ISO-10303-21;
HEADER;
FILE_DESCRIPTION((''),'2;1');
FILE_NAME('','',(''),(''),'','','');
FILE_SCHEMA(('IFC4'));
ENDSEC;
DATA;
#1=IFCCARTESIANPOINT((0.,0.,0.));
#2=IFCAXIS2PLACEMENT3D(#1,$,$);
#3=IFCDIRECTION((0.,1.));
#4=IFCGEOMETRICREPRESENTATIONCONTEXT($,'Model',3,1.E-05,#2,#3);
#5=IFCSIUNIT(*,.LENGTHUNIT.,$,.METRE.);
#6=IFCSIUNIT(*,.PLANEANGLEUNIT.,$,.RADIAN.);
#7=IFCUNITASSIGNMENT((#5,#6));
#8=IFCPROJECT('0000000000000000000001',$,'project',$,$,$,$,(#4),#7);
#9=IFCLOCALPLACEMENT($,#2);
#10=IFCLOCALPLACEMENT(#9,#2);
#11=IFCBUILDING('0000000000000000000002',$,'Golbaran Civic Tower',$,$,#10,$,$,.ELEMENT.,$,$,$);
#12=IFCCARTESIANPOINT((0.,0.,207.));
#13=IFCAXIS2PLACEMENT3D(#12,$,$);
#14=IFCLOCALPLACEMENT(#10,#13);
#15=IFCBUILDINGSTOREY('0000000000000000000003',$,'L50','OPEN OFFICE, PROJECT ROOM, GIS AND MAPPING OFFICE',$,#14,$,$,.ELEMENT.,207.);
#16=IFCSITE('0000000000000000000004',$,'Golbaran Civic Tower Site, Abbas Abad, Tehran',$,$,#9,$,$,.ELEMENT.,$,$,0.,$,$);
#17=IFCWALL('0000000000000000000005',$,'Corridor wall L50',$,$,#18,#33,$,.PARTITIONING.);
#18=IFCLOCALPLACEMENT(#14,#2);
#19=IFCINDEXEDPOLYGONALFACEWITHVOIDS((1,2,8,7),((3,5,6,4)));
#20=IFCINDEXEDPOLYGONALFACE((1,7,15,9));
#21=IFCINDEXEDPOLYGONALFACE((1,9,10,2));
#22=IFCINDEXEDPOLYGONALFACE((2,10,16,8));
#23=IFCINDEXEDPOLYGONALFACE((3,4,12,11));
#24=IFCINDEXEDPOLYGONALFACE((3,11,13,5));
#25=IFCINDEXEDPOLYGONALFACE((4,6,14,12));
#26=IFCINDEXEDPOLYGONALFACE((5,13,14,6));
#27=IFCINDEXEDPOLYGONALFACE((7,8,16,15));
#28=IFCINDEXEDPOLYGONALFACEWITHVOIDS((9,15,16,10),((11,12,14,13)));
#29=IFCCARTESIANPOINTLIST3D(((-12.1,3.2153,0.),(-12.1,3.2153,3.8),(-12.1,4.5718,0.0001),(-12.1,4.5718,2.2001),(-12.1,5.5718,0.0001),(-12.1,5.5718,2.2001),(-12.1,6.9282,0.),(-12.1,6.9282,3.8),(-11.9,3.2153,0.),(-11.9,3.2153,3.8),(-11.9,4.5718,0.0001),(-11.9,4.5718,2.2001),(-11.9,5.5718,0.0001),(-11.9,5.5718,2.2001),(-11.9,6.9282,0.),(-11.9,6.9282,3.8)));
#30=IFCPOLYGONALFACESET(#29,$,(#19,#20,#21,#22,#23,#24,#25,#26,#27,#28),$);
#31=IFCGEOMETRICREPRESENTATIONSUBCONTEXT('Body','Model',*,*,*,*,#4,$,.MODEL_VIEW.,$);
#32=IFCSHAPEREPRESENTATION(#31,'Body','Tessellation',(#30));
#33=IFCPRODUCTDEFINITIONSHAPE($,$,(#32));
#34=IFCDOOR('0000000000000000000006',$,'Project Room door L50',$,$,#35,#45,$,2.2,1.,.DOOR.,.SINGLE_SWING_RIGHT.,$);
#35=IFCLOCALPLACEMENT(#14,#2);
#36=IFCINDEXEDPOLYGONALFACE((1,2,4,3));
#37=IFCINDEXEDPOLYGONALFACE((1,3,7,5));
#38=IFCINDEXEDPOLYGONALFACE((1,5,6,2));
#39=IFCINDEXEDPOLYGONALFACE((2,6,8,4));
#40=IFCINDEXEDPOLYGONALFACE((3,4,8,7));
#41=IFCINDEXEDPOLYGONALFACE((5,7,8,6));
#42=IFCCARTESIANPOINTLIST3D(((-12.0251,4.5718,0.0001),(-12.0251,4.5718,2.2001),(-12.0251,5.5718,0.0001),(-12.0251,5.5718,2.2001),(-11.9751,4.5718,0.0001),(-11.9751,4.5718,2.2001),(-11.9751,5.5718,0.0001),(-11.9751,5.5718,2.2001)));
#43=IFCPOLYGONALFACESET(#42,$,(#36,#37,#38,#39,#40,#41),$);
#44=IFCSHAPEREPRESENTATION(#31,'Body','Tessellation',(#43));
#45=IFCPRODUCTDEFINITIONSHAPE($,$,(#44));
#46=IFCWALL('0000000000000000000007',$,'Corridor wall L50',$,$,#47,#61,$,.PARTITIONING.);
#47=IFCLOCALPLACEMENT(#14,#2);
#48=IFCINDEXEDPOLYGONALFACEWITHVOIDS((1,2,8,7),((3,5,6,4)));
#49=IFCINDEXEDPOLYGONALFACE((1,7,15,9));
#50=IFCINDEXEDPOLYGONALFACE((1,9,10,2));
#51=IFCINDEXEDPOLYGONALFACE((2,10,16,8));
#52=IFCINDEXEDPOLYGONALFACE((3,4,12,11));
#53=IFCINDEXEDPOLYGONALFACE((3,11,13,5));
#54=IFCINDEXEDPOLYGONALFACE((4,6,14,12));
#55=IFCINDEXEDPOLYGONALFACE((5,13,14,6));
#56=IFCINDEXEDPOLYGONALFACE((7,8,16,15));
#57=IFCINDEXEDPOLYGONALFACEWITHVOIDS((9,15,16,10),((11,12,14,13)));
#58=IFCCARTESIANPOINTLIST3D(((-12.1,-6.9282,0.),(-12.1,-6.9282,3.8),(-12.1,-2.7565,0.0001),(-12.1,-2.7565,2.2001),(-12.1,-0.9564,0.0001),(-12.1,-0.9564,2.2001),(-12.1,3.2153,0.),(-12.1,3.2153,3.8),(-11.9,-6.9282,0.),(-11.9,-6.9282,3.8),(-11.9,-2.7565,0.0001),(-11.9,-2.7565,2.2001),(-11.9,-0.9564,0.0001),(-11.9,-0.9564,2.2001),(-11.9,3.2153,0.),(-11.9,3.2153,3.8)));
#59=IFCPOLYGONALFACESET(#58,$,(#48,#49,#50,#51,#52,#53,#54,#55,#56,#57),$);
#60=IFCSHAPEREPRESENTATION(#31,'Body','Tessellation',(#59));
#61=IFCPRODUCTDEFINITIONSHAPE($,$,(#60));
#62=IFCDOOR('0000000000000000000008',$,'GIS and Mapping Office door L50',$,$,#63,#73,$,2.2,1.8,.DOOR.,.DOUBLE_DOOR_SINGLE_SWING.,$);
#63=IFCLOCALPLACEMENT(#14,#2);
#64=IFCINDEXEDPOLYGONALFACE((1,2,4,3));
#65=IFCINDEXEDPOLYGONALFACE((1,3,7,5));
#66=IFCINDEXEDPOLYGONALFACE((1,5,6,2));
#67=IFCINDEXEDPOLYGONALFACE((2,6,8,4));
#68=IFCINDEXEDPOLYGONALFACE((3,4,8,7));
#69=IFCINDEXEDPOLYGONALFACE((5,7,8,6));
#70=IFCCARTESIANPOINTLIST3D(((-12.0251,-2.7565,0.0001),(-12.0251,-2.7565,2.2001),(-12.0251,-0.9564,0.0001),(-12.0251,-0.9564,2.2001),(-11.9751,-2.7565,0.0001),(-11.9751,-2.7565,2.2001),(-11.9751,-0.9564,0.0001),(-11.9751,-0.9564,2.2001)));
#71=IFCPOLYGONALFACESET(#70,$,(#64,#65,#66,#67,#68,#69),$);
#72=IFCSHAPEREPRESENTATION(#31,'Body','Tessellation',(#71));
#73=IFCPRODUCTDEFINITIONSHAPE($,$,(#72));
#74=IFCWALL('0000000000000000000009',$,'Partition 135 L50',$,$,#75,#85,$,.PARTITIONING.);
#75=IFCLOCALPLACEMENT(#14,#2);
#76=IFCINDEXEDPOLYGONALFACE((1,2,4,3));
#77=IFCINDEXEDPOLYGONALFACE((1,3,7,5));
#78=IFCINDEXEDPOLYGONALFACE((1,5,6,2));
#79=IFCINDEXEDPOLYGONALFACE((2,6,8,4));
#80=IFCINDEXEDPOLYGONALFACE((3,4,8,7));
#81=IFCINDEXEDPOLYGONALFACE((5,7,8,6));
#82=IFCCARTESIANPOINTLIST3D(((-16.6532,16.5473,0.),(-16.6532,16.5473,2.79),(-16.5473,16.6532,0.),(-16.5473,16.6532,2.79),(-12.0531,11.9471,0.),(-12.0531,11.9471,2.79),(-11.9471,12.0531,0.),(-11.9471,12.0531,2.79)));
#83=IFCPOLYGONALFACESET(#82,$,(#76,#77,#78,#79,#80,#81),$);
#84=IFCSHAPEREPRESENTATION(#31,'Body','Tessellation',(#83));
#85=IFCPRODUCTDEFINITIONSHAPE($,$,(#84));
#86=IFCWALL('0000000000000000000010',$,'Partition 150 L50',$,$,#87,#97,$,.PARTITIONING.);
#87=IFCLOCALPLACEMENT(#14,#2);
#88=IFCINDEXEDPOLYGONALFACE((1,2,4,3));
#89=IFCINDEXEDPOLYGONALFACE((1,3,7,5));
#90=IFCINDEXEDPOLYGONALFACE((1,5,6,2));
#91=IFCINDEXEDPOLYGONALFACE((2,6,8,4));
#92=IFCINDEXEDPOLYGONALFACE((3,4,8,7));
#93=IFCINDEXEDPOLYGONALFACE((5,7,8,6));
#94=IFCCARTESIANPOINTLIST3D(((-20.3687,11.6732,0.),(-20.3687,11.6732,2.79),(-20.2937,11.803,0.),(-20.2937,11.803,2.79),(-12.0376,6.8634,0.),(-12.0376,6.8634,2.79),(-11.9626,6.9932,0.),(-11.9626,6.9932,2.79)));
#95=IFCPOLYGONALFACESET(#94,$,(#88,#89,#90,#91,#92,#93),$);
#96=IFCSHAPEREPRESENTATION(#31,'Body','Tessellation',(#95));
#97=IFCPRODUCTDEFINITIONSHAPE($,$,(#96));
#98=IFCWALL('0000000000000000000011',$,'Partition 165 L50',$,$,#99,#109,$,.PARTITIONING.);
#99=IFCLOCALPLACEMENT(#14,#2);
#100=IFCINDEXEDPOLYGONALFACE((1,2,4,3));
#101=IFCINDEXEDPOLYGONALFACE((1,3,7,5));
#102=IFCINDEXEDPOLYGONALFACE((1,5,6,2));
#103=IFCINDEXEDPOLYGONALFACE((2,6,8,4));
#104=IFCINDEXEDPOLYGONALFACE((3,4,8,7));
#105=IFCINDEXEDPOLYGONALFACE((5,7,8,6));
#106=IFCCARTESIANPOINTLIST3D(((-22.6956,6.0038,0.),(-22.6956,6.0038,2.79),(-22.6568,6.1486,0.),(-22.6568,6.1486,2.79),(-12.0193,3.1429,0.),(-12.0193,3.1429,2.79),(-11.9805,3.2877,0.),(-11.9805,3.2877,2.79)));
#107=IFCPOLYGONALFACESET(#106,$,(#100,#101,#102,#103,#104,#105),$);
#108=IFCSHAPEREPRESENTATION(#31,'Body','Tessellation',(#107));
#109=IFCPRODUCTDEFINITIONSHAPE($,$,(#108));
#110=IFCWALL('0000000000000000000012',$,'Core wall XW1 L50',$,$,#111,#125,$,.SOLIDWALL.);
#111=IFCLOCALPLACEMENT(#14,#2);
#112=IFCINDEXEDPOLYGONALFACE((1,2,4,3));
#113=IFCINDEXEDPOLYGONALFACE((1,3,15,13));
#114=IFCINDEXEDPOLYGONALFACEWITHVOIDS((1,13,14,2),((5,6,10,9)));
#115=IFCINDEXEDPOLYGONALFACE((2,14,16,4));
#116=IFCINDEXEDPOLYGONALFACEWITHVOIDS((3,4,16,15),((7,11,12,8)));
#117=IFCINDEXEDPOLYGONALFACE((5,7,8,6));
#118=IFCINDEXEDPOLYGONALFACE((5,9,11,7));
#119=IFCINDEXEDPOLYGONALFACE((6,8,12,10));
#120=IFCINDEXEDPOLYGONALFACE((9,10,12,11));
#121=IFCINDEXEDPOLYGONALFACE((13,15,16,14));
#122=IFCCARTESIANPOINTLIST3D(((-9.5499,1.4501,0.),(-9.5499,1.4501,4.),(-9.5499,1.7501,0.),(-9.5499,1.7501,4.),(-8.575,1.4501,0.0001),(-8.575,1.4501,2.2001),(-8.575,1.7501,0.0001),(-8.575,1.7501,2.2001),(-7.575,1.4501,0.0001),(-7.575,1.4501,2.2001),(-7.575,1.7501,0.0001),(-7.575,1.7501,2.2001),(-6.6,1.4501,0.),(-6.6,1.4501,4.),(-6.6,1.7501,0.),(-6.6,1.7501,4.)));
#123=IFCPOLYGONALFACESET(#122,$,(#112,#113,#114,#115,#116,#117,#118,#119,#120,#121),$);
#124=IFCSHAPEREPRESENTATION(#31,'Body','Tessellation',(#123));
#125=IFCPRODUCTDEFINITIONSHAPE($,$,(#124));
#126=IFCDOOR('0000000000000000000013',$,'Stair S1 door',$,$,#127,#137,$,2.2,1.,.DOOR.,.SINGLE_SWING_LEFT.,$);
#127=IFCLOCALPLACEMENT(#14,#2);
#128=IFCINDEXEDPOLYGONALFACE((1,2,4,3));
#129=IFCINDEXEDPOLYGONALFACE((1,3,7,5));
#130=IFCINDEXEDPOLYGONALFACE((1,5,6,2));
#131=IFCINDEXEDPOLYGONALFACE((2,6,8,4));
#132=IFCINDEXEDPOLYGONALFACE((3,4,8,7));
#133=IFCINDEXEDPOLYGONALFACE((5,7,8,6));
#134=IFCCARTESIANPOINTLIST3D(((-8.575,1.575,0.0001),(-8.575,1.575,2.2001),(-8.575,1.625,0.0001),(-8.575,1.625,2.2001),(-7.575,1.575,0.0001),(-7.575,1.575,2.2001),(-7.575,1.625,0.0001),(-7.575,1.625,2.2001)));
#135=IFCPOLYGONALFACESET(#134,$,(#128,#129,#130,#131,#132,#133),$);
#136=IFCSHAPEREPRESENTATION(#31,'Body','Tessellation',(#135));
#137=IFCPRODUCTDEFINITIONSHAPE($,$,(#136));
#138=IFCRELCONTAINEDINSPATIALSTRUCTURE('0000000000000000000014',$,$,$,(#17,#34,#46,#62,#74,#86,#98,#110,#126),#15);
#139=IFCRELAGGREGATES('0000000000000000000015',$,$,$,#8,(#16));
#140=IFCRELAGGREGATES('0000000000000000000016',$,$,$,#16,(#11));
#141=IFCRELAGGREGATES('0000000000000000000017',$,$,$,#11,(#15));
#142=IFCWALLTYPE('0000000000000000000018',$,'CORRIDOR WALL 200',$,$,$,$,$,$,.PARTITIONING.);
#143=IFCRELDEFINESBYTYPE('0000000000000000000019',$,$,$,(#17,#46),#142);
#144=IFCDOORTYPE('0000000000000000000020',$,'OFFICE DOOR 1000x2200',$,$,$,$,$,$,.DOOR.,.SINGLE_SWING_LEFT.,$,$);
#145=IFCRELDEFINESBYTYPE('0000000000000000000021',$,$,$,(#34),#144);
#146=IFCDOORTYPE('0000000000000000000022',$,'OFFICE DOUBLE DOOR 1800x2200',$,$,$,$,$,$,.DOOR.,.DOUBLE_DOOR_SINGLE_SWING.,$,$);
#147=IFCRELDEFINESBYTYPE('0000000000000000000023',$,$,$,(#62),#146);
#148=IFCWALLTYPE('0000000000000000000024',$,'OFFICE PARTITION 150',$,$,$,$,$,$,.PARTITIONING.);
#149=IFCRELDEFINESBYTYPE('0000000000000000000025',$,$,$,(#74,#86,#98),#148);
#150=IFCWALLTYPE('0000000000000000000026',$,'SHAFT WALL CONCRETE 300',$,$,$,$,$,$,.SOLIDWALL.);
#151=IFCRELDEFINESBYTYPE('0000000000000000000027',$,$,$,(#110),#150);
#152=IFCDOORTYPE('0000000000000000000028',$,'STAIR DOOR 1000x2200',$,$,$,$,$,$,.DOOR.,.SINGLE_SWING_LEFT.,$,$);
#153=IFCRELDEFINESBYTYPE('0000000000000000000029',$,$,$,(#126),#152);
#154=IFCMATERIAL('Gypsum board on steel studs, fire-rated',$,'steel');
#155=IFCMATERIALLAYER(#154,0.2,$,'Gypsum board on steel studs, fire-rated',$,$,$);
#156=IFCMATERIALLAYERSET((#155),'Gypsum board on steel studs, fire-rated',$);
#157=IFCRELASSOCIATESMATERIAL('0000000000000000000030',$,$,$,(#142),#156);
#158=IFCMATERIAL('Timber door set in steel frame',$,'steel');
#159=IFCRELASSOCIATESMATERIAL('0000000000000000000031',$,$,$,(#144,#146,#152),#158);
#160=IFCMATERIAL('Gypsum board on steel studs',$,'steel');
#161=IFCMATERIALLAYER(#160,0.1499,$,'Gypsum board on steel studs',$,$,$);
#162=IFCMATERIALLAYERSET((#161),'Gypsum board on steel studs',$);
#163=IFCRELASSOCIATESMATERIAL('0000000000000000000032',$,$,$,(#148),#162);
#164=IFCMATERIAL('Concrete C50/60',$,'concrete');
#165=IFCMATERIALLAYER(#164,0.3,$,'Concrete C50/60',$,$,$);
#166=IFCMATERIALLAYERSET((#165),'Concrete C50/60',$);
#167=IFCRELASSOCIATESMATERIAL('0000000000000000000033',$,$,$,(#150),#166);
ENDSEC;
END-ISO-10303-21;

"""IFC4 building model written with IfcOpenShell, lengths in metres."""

from ifc_helpers import new_model, si_unit, direction, frame, frame_2d, origin, place, context, subcontext, project, spatial, rectangle, extrude, material, layer, layer_set, type_object, element, fill, save


model = new_model("IFC4")

# Units and contexts
model_context = context("Model", 3, precision=1e-05, world=origin(), true_north=direction((0.0, 1.0)))
body_context = subcontext(model_context, "Body", "Model", "MODEL_VIEW")
ifc_project = project(units=[si_unit("LENGTHUNIT", "METRE"), si_unit("PLANEANGLEUNIT", "RADIAN")], contexts=[model_context])

# Site, building, storey
site_placement = place(None, origin())
site = spatial("IfcSite", under=ifc_project, at=site_placement, Name="Golbaran Civic Tower Site, Abbas Abad, Tehran", CompositionType="ELEMENT", RefElevation=0.0)
building_placement = place(site_placement, origin())
building = spatial("IfcBuilding", under=site, at=building_placement, Name="Golbaran Civic Tower", CompositionType="ELEMENT")
storey_placement = place(building_placement, frame((0.0, 0.0, 207.0)))
storey = spatial("IfcBuildingStorey", under=building, at=storey_placement, Name="L50", Description="OPEN OFFICE, PROJECT ROOM, GIS AND MAPPING OFFICE", CompositionType="ELEMENT", Elevation=207.0)

# Shared definitions
ifc_material_1 = material(Name="Concrete C50/60", Category="concrete")
ifc_material_2 = material(Name="Timber door set in steel frame", Category="steel")

# Walls, openings, doors
ifc_material_3 = material(Name="Gypsum board on steel studs, fire-rated", Category="steel")
ifc_layer_1 = layer(ifc_material_3, 0.2, Name="Gypsum board on steel studs, fire-rated")
ifc_layer_set_1 = layer_set([ifc_layer_1], Name="Gypsum board on steel studs, fire-rated")
wall_type_1 = type_object("IfcWallType", Name="CORRIDOR WALL 200", PredefinedType="PARTITIONING", material=ifc_layer_set_1)
door_type_1 = type_object("IfcDoorType", Name="OFFICE DOOR 1000x2200", OperationType="SINGLE_SWING_LEFT", PredefinedType="DOOR", material=ifc_material_2)
wall_1_placement = place(storey_placement, frame((-12.0, 6.9282, 0.0), z_axis=(0.0, 0.0, 1.0), x_axis=(0.0, -1.0, 0.0)))
wall_1 = element("IfcWall", 1, at=wall_1_placement, inside=storey, type_object=wall_type_1, Name="Corridor wall L50", PredefinedType="PARTITIONING", context=body_context, shape_type="SweptSolid", body=[
    extrude(rectangle(XDim=3.7129, YDim=0.2, at=frame_2d((1.8564, 0.0))), origin(), (0.0, 0.0, 1.0), 3.8),
])
opening_1_placement = place(wall_1_placement, frame((1.3564, 0.0, 0.0)))
opening_1 = element("IfcOpeningElement", 2, at=opening_1_placement, cuts=wall_1, PredefinedType="OPENING", context=body_context, shape_type="SweptSolid", body=[
    extrude(rectangle(XDim=1.0, YDim=2.2, at=frame_2d((0.5, 1.1001))), frame((0.0, 0.1099, 0.0), z_axis=(0.0, -1.0, 0.0), x_axis=(1.0, 0.0, 0.0)), (0.0, 0.0, 1.0), 0.22),
])
door_1_placement = place(opening_1_placement, origin())
door_1 = element("IfcDoor", 3, at=door_1_placement, inside=storey, type_object=door_type_1, Name="Project Room door L50", OperationType="SINGLE_SWING_RIGHT", OverallHeight=2.2, OverallWidth=1.0, PredefinedType="DOOR", context=body_context, shape_type="SweptSolid", body=[
    extrude(rectangle(XDim=1.0, YDim=2.2, at=frame_2d((0.5, 1.1001))), frame((0.0, 0.0249, 0.0), z_axis=(0.0, -1.0, 0.0), x_axis=(1.0, 0.0, 0.0)), (0.0, 0.0, 1.0), 0.05),
])
fill(opening_1, door_1)
wall_2_placement = place(storey_placement, frame((-12.0, 3.2153, 0.0), z_axis=(0.0, 0.0, 1.0), x_axis=(0.0, -1.0, 0.0)))
wall_2 = element("IfcWall", 4, at=wall_2_placement, inside=storey, type_object=wall_type_1, Name="Corridor wall L50", PredefinedType="PARTITIONING", context=body_context, shape_type="SweptSolid", body=[
    extrude(rectangle(XDim=10.1436, YDim=0.2, at=frame_2d((5.0718, 0.0))), origin(), (0.0, 0.0, 1.0), 3.8),
])
opening_2_placement = place(wall_2_placement, frame((4.1719, 0.0, 0.0)))
opening_2 = element("IfcOpeningElement", 5, at=opening_2_placement, cuts=wall_2, PredefinedType="OPENING", context=body_context, shape_type="SweptSolid", body=[
    extrude(rectangle(XDim=1.8, YDim=2.2, at=frame_2d((0.8999, 1.1001))), frame((0.0, 0.1099, 0.0), z_axis=(0.0, -1.0, 0.0), x_axis=(1.0, 0.0, 0.0)), (0.0, 0.0, 1.0), 0.22),
])
door_type_2 = type_object("IfcDoorType", Name="OFFICE DOUBLE DOOR 1800x2200", OperationType="DOUBLE_DOOR_SINGLE_SWING", PredefinedType="DOOR", material=ifc_material_2)
door_2_placement = place(opening_2_placement, origin())
door_2 = element("IfcDoor", 6, at=door_2_placement, inside=storey, type_object=door_type_2, Name="GIS and Mapping Office door L50", OperationType="DOUBLE_DOOR_SINGLE_SWING", OverallHeight=2.2, OverallWidth=1.8, PredefinedType="DOOR", context=body_context, shape_type="SweptSolid", body=[
    extrude(rectangle(XDim=1.8, YDim=2.2, at=frame_2d((0.8999, 1.1001))), frame((0.0, 0.0249, 0.0), z_axis=(0.0, -1.0, 0.0), x_axis=(1.0, 0.0, 0.0)), (0.0, 0.0, 1.0), 0.05),
])
fill(opening_2, door_2)

# Walls
ifc_material_4 = material(Name="Gypsum board on steel studs", Category="steel")
ifc_layer_2 = layer(ifc_material_4, 0.1499, Name="Gypsum board on steel studs")
ifc_layer_set_2 = layer_set([ifc_layer_2], Name="Gypsum board on steel studs")
wall_type_2 = type_object("IfcWallType", Name="OFFICE PARTITION 150", PredefinedType="PARTITIONING", material=ifc_layer_set_2)
wall_3_placement = place(storey_placement, frame((-12.0, 12.0, 0.0), z_axis=(0.0, 0.0, 1.0), x_axis=(-0.707107, 0.707107, 0.0)))
element("IfcWall", 7, at=wall_3_placement, inside=storey, type_object=wall_type_2, Name="Partition 135 L50", PredefinedType="PARTITIONING", context=body_context, shape_type="SweptSolid", body=[
    extrude(rectangle(XDim=6.5056, YDim=0.1499, at=frame_2d((3.2529, 0.0))), origin(), (0.0, 0.0, 1.0), 2.79),
])
wall_4_placement = place(storey_placement, frame((-12.0, 6.9282, 0.0), z_axis=(0.0, 0.0, 1.0), x_axis=(-0.866031, 0.49999, 0.0)))
element("IfcWall", 8, at=wall_4_placement, inside=storey, type_object=wall_type_2, Name="Partition 150 L50", PredefinedType="PARTITIONING", context=body_context, shape_type="SweptSolid", body=[
    extrude(rectangle(XDim=9.6199, YDim=0.1499, at=frame_2d((4.8101, 0.0))), origin(), (0.0, 0.0, 1.0), 2.79),
])
wall_5_placement = place(storey_placement, frame((-12.0, 3.2153, 0.0), z_axis=(0.0, 0.0, 1.0), x_axis=(-0.965923, 0.258831, 0.0)))
element("IfcWall", 9, at=wall_5_placement, inside=storey, type_object=wall_type_2, Name="Partition 165 L50", PredefinedType="PARTITIONING", context=body_context, shape_type="SweptSolid", body=[
    extrude(rectangle(XDim=11.053, YDim=0.1499, at=frame_2d((5.5264, 0.0))), origin(), (0.0, 0.0, 1.0), 2.79),
])

# Wall, opening, door
ifc_layer_3 = layer(ifc_material_1, 0.3, Name="Concrete C50/60")
ifc_layer_set_3 = layer_set([ifc_layer_3], Name="Concrete C50/60")
wall_type_3 = type_object("IfcWallType", Name="SHAFT WALL CONCRETE 300", PredefinedType="SOLIDWALL", material=ifc_layer_set_3)
wall_6_placement = place(storey_placement, frame((-9.55, 1.6001, 0.0), z_axis=(0.0, 0.0, 1.0), x_axis=(1.0, 0.0, 0.0)))
wall_6 = element("IfcWall", 10, at=wall_6_placement, inside=storey, type_object=wall_type_3, Name="Core wall XW1 L50", PredefinedType="SOLIDWALL", context=body_context, shape_type="SweptSolid", body=[
    extrude(rectangle(XDim=2.95, YDim=0.3, at=frame_2d((1.4751, 0.0))), origin(), (0.0, 0.0, 1.0), 4.0),
])
opening_3_placement = place(wall_6_placement, frame((0.9751, 0.0, 0.0)))
opening_3 = element("IfcOpeningElement", 11, at=opening_3_placement, cuts=wall_6, PredefinedType="OPENING", context=body_context, shape_type="SweptSolid", body=[
    extrude(rectangle(XDim=1.0, YDim=2.2, at=frame_2d((0.5, 1.1001))), frame((0.0, 0.1599, 0.0), z_axis=(0.0, -1.0, 0.0), x_axis=(1.0, 0.0, 0.0)), (0.0, 0.0, 1.0), 0.3201),
])
door_type_3 = type_object("IfcDoorType", Name="STAIR DOOR 1000x2200", OperationType="SINGLE_SWING_LEFT", PredefinedType="DOOR", material=ifc_material_2)
door_3_placement = place(opening_3_placement, origin())
door_3 = element("IfcDoor", 12, at=door_3_placement, inside=storey, type_object=door_type_3, Name="Stair S1 door", OperationType="SINGLE_SWING_LEFT", OverallHeight=2.2, OverallWidth=1.0, PredefinedType="DOOR", context=body_context, shape_type="SweptSolid", body=[
    extrude(rectangle(XDim=1.0, YDim=2.2, at=frame_2d((0.5, 1.1001))), frame((0.0, 0.0249, 0.0), z_axis=(0.0, -1.0, 0.0), x_axis=(1.0, 0.0, 0.0)), (0.0, 0.0, 1.0), 0.05),
])
fill(opening_3, door_3)

save(model, "model.ifc")
